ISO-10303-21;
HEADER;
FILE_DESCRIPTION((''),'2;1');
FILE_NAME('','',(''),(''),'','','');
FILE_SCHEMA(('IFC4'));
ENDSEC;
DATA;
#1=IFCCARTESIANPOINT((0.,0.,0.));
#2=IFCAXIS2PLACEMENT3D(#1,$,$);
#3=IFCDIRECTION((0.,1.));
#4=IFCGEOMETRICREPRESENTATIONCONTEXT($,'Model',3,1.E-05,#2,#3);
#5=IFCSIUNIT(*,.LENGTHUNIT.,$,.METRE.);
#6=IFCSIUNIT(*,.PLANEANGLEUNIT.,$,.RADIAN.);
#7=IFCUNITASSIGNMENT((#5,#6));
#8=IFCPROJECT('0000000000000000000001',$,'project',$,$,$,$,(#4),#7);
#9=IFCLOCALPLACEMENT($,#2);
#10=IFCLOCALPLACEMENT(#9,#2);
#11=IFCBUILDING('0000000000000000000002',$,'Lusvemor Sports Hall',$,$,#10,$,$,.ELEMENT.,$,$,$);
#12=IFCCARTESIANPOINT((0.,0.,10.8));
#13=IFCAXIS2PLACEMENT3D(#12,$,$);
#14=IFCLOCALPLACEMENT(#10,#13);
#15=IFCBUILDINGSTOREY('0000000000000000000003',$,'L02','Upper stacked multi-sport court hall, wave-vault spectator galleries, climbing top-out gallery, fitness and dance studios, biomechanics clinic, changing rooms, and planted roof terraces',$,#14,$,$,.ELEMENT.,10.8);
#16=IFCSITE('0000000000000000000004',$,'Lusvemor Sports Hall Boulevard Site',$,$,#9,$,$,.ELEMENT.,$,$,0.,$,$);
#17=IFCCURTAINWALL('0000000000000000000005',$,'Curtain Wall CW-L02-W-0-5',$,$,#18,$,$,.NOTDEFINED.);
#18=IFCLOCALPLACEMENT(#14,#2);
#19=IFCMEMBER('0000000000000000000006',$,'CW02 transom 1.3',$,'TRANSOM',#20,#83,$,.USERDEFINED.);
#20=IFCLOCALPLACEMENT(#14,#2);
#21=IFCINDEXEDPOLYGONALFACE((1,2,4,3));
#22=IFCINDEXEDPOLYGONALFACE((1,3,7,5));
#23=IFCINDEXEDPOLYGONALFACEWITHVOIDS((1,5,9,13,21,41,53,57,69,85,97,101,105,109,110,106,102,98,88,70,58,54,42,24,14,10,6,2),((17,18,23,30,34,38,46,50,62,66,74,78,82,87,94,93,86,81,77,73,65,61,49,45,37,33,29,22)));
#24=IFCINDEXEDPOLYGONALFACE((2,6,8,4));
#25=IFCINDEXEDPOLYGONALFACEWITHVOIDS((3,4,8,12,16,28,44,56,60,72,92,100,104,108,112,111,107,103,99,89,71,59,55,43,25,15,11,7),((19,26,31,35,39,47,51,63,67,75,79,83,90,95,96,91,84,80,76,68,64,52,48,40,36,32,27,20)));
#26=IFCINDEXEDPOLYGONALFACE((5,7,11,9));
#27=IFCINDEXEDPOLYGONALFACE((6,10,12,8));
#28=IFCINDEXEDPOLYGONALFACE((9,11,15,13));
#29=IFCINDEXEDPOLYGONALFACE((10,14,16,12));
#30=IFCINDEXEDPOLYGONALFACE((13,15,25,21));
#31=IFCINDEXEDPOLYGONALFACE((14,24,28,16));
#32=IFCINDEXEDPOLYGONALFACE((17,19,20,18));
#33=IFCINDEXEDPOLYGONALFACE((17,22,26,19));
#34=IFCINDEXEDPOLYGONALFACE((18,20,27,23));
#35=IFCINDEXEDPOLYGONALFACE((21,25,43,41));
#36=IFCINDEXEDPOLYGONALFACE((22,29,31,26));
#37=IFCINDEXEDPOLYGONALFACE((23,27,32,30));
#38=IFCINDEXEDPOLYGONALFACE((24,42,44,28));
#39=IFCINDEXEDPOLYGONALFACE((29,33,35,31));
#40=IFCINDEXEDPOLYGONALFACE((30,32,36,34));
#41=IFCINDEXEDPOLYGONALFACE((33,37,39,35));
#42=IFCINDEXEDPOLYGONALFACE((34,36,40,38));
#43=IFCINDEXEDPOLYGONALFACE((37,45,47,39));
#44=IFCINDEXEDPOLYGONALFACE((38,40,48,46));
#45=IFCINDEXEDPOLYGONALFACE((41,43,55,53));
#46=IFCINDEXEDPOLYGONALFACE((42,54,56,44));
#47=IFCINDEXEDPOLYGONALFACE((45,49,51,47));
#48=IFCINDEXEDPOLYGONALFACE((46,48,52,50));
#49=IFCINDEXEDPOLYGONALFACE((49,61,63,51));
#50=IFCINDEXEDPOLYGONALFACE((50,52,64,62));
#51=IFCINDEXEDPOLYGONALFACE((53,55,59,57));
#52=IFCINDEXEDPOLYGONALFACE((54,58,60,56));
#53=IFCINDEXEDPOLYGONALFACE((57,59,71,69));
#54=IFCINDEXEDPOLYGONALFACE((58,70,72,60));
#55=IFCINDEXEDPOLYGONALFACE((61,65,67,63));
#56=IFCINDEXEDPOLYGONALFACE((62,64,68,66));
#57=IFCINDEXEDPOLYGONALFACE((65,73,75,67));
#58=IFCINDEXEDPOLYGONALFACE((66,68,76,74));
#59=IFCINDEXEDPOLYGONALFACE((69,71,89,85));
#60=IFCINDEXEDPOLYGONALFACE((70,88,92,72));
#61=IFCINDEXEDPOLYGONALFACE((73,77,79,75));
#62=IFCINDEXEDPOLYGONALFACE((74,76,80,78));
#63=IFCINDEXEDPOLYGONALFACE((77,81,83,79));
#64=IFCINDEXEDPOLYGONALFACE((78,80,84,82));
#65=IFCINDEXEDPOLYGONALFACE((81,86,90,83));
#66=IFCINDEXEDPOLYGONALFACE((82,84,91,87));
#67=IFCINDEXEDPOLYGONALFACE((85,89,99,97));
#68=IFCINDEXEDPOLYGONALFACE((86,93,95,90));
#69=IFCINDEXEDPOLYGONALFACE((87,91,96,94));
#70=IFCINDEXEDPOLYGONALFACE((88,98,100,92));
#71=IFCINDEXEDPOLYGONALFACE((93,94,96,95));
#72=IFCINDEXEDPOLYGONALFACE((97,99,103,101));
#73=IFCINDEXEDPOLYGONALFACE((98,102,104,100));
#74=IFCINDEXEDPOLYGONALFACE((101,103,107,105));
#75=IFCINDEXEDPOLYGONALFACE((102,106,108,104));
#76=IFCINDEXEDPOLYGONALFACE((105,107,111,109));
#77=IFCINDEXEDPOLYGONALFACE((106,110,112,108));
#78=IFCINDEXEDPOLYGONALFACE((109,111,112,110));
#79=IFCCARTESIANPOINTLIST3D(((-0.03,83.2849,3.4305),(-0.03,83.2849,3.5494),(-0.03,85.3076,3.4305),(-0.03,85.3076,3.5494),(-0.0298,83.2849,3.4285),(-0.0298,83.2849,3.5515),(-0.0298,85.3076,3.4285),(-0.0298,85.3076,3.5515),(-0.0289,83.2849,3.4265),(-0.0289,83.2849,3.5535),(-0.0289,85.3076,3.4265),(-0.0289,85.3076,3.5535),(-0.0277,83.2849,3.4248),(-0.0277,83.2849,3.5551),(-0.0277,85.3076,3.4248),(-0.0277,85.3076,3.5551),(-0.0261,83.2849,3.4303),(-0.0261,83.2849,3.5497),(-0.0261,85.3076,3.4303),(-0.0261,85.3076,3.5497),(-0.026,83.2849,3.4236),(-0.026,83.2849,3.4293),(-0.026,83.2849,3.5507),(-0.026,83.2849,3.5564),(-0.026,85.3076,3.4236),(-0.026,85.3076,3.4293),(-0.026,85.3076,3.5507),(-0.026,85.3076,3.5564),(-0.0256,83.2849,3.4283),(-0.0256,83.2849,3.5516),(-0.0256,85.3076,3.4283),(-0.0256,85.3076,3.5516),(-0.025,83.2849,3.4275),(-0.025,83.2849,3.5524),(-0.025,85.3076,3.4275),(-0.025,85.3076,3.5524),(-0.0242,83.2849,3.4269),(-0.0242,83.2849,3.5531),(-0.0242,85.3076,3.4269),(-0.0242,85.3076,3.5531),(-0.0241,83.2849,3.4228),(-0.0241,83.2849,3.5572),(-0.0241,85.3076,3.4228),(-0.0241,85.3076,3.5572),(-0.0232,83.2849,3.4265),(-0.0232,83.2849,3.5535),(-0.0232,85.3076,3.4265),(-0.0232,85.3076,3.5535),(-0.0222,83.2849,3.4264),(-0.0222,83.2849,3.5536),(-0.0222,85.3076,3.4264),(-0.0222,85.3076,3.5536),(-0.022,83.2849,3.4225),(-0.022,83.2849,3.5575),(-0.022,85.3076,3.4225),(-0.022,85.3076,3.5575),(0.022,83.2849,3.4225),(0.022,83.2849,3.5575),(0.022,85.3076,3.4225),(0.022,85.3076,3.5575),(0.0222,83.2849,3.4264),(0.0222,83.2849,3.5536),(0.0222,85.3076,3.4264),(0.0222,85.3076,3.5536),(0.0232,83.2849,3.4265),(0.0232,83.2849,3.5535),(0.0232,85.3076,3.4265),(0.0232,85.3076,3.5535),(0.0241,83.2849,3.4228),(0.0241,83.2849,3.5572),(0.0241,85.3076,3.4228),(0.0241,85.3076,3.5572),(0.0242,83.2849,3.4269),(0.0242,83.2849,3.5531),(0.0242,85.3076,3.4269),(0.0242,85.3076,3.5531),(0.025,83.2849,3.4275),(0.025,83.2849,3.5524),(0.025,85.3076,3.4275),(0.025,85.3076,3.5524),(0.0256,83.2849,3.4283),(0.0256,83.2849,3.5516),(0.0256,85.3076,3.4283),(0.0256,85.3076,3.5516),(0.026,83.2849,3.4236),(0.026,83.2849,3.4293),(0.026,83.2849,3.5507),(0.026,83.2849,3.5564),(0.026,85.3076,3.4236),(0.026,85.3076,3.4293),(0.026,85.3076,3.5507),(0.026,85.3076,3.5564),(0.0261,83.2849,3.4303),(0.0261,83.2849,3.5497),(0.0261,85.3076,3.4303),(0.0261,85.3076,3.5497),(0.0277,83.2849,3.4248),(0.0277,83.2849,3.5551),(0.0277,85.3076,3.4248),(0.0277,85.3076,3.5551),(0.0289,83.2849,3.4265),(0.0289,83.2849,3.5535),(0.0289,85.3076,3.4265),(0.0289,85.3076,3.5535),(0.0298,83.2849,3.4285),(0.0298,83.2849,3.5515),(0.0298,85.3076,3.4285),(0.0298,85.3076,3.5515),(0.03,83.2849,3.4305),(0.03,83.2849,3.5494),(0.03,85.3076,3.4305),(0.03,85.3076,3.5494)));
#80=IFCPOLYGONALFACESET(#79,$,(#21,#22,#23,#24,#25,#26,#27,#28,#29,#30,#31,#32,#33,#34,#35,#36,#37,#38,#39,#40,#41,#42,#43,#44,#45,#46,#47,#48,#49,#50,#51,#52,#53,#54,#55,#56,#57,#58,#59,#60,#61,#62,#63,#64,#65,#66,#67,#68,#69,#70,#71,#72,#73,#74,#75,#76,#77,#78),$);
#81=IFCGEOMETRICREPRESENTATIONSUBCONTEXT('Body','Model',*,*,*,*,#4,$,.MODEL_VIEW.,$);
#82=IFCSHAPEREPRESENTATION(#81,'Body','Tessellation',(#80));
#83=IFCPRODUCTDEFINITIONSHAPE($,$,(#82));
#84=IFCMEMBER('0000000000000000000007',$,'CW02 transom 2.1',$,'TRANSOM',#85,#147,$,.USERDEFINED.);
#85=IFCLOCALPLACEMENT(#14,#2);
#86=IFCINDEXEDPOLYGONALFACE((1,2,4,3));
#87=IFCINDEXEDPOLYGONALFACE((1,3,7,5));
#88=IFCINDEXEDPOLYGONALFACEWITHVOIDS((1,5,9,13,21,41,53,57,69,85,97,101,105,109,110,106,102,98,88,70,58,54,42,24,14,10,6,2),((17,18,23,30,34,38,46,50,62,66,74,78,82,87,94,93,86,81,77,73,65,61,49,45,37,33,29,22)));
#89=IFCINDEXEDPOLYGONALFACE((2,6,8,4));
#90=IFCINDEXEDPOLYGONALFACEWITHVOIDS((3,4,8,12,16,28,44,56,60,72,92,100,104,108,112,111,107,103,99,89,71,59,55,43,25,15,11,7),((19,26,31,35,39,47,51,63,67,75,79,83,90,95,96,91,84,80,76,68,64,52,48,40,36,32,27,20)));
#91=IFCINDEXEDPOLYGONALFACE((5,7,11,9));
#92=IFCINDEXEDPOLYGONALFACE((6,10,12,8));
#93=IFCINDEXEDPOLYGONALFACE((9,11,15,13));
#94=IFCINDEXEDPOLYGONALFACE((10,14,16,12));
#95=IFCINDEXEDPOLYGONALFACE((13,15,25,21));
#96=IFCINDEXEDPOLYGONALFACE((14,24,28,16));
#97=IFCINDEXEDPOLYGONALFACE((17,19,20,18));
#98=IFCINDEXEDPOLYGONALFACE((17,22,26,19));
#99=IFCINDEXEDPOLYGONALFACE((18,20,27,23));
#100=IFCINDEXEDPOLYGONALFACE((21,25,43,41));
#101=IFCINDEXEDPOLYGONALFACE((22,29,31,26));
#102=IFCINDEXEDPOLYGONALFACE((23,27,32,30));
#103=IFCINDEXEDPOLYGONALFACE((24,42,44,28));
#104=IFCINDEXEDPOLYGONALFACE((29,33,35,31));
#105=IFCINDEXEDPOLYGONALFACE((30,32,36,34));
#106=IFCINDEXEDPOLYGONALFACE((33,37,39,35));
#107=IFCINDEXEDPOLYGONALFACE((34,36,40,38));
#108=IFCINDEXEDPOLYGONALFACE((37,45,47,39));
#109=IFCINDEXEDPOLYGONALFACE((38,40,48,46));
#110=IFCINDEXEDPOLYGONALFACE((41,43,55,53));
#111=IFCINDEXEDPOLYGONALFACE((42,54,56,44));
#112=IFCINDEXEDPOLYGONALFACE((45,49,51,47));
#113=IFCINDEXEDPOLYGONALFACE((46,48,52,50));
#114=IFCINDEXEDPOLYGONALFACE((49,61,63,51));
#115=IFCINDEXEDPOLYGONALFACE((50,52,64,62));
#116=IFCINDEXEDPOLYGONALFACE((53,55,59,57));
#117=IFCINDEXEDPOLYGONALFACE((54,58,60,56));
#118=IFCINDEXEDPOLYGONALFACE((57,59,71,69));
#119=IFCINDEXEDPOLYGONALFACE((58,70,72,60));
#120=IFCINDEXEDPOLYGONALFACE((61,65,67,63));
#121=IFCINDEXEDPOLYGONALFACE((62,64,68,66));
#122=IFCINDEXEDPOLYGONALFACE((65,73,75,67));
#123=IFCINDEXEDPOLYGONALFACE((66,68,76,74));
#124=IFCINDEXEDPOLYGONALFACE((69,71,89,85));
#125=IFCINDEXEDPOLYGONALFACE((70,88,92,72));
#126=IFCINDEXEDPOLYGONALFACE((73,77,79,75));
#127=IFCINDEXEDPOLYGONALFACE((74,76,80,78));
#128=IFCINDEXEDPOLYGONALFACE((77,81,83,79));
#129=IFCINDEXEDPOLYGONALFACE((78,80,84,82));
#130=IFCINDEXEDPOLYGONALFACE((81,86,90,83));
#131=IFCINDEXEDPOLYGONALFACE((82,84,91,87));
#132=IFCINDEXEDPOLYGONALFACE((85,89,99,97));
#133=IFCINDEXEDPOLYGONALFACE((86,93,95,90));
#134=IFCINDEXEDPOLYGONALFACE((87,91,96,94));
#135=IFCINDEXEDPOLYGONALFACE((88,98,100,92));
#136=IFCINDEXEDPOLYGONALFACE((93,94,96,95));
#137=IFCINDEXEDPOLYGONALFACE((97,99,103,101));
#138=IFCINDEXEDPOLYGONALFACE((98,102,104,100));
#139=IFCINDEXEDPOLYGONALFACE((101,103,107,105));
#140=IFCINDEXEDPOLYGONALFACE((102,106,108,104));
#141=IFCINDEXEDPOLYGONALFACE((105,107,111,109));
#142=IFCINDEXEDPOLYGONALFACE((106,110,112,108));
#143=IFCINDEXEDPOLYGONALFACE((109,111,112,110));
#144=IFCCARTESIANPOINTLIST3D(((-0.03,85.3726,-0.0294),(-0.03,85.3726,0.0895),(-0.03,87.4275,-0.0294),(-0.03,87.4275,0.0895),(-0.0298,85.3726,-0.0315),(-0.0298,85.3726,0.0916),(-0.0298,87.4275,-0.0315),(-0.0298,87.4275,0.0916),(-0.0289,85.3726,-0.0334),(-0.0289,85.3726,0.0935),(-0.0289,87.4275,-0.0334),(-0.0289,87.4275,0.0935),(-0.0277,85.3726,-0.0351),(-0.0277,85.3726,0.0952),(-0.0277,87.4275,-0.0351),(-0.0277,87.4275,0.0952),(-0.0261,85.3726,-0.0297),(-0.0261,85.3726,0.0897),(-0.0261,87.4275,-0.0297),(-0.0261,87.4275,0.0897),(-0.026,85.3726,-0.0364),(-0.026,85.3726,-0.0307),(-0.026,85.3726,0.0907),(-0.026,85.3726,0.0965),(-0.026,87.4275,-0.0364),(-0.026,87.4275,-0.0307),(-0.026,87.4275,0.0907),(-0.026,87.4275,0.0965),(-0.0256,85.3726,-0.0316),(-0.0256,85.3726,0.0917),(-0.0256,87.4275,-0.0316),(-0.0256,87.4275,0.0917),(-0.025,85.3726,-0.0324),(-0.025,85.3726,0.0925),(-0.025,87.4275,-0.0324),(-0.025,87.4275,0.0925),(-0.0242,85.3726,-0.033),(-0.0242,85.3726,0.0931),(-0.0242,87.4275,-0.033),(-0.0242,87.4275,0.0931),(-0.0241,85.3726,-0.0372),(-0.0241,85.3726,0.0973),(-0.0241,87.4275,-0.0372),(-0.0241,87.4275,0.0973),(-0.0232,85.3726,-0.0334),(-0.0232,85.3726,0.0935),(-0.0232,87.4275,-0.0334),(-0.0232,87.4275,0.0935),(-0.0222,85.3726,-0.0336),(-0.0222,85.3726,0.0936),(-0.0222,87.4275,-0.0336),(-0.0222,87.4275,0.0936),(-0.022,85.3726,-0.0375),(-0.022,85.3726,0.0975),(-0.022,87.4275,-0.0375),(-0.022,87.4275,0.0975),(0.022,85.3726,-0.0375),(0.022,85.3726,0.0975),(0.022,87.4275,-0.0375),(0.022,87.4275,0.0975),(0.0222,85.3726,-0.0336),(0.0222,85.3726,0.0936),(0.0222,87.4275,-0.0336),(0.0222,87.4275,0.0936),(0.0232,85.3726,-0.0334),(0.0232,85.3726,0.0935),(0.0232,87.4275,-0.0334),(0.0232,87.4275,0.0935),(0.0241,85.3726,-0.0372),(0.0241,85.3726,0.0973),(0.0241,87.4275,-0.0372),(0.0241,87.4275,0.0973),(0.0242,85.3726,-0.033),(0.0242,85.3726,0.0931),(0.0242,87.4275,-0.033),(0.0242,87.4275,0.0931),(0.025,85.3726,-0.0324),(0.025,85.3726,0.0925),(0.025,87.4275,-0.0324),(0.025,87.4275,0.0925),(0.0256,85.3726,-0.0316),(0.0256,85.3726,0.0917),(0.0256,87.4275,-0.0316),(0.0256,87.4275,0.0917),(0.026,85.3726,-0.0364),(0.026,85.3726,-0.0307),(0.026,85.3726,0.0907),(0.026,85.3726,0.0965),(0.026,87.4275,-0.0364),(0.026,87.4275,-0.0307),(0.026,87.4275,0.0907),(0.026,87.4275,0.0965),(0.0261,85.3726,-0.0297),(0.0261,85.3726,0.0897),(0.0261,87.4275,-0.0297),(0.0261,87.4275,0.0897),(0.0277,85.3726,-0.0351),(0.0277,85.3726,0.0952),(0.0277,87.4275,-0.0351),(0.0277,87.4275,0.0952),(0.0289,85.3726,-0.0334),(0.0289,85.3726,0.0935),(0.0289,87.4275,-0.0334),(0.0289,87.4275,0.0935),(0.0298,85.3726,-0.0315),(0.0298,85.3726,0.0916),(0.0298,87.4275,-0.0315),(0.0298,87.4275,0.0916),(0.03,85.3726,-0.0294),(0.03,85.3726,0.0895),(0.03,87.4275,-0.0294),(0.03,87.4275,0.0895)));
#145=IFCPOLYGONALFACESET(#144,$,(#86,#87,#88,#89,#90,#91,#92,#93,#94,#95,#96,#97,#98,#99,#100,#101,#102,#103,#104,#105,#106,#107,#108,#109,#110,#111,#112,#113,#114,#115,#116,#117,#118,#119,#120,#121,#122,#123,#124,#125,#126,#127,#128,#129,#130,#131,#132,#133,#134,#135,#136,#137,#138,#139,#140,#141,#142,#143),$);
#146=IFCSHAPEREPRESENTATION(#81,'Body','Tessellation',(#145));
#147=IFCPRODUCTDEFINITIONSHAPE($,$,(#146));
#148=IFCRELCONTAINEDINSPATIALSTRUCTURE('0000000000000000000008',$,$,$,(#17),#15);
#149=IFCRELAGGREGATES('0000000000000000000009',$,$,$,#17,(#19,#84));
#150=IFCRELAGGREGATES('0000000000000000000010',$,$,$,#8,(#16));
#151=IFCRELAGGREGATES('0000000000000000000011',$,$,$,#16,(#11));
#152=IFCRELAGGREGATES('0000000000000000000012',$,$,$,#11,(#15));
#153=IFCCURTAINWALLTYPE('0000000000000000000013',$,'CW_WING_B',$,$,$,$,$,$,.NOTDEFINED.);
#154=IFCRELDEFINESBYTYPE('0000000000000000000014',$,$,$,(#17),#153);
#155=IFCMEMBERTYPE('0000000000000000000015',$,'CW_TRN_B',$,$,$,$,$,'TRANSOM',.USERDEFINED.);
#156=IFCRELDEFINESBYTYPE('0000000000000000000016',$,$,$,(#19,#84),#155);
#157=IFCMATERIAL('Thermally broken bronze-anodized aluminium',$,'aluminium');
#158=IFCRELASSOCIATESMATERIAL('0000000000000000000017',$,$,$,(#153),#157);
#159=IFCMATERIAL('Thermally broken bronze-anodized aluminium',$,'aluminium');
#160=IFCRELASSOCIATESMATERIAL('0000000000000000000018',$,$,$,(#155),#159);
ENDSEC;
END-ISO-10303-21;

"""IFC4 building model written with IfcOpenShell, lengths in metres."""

from ifc_helpers import new_model, si_unit, direction, frame, origin, origin_2d, place, context, subcontext, project, spatial, hollow_rectangle, extrude, material, material_profile, profile_set, type_object, element, aggregate, save


model = new_model("IFC4")

# Units and contexts
model_context = context("Model", 3, precision=1e-05, world=origin(), true_north=direction((0.0, 1.0)))
body_context = subcontext(model_context, "Body", "Model", "MODEL_VIEW")
ifc_project = project(units=[si_unit("LENGTHUNIT", "METRE"), si_unit("PLANEANGLEUNIT", "RADIAN")], contexts=[model_context])

# Site, building, storey
site_placement = place(None, origin())
site = spatial("IfcSite", under=ifc_project, at=site_placement, Name="Lusvemor Sports Hall Boulevard Site", CompositionType="ELEMENT", RefElevation=0.0)
building_placement = place(site_placement, origin())
building = spatial("IfcBuilding", under=site, at=building_placement, Name="Lusvemor Sports Hall", CompositionType="ELEMENT")
storey_placement = place(building_placement, frame((0.0, 0.0, 10.8)))
storey = spatial("IfcBuildingStorey", under=building, at=storey_placement, Name="L02", Description="Upper stacked multi-sport court hall, wave-vault spectator galleries, climbing top-out gallery, fitness and dance studios, biomechanics clinic, changing rooms, and planted roof terraces", CompositionType="ELEMENT", Elevation=10.8)

# Curtain wall, members
ifc_material_1 = material(Name="Thermally broken bronze-anodized aluminium", Category="aluminium")
curtain_wall_type = type_object("IfcCurtainWallType", Name="CW_WING_B", PredefinedType="NOTDEFINED", material=ifc_material_1)
curtain_wall_placement = place(storey_placement, origin())
curtain_wall = element("IfcCurtainWall", 1, at=curtain_wall_placement, inside=storey, type_object=curtain_wall_type, Name="Curtain Wall CW-L02-W-0-5", PredefinedType="NOTDEFINED")
ifc_material_2 = material(Name="Thermally broken bronze-anodized aluminium", Category="aluminium")
ifc_material_profile_1 = material_profile(ifc_material_2, hollow_rectangle(XDim=0.0601, YDim=0.135, WallThickness=0.0039, InnerFilletRadius=0.0039, OuterFilletRadius=0.0081, at=origin_2d()), Name="CWTRN135x60x4")
ifc_profile_set_1 = profile_set([ifc_material_profile_1], Name="Thermally broken bronze-anodized aluminium")
member_type_1 = type_object("IfcMemberType", Name="CW_TRN_B", ElementType="TRANSOM", PredefinedType="USERDEFINED", material=ifc_profile_set_1)
member_1_placement = place(storey_placement, frame((0.0, 83.2849, 3.49), z_axis=(0.0, 1.0, 0.0), x_axis=(-1.0, 0.0, 0.0)))
member_1 = element("IfcMember", 2, at=member_1_placement, type_object=member_type_1, Name="CW02 transom 1.3", ObjectType="TRANSOM", PredefinedType="USERDEFINED", context=body_context, shape_type="SweptSolid", body=[
    extrude(hollow_rectangle(XDim=0.0601, YDim=0.135, WallThickness=0.0039, InnerFilletRadius=0.0039, OuterFilletRadius=0.0081, at=origin_2d()), origin(), (0.0, 0.0, 1.0), 2.0227),
])
member_2_placement = place(storey_placement, frame((0.0, 85.3726, 0.03), z_axis=(0.0, 1.0, 0.0), x_axis=(-1.0, 0.0, 0.0)))
member_2 = element("IfcMember", 3, at=member_2_placement, type_object=member_type_1, Name="CW02 transom 2.1", ObjectType="TRANSOM", PredefinedType="USERDEFINED", context=body_context, shape_type="SweptSolid", body=[
    extrude(hollow_rectangle(XDim=0.0601, YDim=0.135, WallThickness=0.0039, InnerFilletRadius=0.0039, OuterFilletRadius=0.0081, at=origin_2d()), origin(), (0.0, 0.0, 1.0), 2.0549),
])

aggregate(curtain_wall, [member_1, member_2])

save(model, "model.ifc")
